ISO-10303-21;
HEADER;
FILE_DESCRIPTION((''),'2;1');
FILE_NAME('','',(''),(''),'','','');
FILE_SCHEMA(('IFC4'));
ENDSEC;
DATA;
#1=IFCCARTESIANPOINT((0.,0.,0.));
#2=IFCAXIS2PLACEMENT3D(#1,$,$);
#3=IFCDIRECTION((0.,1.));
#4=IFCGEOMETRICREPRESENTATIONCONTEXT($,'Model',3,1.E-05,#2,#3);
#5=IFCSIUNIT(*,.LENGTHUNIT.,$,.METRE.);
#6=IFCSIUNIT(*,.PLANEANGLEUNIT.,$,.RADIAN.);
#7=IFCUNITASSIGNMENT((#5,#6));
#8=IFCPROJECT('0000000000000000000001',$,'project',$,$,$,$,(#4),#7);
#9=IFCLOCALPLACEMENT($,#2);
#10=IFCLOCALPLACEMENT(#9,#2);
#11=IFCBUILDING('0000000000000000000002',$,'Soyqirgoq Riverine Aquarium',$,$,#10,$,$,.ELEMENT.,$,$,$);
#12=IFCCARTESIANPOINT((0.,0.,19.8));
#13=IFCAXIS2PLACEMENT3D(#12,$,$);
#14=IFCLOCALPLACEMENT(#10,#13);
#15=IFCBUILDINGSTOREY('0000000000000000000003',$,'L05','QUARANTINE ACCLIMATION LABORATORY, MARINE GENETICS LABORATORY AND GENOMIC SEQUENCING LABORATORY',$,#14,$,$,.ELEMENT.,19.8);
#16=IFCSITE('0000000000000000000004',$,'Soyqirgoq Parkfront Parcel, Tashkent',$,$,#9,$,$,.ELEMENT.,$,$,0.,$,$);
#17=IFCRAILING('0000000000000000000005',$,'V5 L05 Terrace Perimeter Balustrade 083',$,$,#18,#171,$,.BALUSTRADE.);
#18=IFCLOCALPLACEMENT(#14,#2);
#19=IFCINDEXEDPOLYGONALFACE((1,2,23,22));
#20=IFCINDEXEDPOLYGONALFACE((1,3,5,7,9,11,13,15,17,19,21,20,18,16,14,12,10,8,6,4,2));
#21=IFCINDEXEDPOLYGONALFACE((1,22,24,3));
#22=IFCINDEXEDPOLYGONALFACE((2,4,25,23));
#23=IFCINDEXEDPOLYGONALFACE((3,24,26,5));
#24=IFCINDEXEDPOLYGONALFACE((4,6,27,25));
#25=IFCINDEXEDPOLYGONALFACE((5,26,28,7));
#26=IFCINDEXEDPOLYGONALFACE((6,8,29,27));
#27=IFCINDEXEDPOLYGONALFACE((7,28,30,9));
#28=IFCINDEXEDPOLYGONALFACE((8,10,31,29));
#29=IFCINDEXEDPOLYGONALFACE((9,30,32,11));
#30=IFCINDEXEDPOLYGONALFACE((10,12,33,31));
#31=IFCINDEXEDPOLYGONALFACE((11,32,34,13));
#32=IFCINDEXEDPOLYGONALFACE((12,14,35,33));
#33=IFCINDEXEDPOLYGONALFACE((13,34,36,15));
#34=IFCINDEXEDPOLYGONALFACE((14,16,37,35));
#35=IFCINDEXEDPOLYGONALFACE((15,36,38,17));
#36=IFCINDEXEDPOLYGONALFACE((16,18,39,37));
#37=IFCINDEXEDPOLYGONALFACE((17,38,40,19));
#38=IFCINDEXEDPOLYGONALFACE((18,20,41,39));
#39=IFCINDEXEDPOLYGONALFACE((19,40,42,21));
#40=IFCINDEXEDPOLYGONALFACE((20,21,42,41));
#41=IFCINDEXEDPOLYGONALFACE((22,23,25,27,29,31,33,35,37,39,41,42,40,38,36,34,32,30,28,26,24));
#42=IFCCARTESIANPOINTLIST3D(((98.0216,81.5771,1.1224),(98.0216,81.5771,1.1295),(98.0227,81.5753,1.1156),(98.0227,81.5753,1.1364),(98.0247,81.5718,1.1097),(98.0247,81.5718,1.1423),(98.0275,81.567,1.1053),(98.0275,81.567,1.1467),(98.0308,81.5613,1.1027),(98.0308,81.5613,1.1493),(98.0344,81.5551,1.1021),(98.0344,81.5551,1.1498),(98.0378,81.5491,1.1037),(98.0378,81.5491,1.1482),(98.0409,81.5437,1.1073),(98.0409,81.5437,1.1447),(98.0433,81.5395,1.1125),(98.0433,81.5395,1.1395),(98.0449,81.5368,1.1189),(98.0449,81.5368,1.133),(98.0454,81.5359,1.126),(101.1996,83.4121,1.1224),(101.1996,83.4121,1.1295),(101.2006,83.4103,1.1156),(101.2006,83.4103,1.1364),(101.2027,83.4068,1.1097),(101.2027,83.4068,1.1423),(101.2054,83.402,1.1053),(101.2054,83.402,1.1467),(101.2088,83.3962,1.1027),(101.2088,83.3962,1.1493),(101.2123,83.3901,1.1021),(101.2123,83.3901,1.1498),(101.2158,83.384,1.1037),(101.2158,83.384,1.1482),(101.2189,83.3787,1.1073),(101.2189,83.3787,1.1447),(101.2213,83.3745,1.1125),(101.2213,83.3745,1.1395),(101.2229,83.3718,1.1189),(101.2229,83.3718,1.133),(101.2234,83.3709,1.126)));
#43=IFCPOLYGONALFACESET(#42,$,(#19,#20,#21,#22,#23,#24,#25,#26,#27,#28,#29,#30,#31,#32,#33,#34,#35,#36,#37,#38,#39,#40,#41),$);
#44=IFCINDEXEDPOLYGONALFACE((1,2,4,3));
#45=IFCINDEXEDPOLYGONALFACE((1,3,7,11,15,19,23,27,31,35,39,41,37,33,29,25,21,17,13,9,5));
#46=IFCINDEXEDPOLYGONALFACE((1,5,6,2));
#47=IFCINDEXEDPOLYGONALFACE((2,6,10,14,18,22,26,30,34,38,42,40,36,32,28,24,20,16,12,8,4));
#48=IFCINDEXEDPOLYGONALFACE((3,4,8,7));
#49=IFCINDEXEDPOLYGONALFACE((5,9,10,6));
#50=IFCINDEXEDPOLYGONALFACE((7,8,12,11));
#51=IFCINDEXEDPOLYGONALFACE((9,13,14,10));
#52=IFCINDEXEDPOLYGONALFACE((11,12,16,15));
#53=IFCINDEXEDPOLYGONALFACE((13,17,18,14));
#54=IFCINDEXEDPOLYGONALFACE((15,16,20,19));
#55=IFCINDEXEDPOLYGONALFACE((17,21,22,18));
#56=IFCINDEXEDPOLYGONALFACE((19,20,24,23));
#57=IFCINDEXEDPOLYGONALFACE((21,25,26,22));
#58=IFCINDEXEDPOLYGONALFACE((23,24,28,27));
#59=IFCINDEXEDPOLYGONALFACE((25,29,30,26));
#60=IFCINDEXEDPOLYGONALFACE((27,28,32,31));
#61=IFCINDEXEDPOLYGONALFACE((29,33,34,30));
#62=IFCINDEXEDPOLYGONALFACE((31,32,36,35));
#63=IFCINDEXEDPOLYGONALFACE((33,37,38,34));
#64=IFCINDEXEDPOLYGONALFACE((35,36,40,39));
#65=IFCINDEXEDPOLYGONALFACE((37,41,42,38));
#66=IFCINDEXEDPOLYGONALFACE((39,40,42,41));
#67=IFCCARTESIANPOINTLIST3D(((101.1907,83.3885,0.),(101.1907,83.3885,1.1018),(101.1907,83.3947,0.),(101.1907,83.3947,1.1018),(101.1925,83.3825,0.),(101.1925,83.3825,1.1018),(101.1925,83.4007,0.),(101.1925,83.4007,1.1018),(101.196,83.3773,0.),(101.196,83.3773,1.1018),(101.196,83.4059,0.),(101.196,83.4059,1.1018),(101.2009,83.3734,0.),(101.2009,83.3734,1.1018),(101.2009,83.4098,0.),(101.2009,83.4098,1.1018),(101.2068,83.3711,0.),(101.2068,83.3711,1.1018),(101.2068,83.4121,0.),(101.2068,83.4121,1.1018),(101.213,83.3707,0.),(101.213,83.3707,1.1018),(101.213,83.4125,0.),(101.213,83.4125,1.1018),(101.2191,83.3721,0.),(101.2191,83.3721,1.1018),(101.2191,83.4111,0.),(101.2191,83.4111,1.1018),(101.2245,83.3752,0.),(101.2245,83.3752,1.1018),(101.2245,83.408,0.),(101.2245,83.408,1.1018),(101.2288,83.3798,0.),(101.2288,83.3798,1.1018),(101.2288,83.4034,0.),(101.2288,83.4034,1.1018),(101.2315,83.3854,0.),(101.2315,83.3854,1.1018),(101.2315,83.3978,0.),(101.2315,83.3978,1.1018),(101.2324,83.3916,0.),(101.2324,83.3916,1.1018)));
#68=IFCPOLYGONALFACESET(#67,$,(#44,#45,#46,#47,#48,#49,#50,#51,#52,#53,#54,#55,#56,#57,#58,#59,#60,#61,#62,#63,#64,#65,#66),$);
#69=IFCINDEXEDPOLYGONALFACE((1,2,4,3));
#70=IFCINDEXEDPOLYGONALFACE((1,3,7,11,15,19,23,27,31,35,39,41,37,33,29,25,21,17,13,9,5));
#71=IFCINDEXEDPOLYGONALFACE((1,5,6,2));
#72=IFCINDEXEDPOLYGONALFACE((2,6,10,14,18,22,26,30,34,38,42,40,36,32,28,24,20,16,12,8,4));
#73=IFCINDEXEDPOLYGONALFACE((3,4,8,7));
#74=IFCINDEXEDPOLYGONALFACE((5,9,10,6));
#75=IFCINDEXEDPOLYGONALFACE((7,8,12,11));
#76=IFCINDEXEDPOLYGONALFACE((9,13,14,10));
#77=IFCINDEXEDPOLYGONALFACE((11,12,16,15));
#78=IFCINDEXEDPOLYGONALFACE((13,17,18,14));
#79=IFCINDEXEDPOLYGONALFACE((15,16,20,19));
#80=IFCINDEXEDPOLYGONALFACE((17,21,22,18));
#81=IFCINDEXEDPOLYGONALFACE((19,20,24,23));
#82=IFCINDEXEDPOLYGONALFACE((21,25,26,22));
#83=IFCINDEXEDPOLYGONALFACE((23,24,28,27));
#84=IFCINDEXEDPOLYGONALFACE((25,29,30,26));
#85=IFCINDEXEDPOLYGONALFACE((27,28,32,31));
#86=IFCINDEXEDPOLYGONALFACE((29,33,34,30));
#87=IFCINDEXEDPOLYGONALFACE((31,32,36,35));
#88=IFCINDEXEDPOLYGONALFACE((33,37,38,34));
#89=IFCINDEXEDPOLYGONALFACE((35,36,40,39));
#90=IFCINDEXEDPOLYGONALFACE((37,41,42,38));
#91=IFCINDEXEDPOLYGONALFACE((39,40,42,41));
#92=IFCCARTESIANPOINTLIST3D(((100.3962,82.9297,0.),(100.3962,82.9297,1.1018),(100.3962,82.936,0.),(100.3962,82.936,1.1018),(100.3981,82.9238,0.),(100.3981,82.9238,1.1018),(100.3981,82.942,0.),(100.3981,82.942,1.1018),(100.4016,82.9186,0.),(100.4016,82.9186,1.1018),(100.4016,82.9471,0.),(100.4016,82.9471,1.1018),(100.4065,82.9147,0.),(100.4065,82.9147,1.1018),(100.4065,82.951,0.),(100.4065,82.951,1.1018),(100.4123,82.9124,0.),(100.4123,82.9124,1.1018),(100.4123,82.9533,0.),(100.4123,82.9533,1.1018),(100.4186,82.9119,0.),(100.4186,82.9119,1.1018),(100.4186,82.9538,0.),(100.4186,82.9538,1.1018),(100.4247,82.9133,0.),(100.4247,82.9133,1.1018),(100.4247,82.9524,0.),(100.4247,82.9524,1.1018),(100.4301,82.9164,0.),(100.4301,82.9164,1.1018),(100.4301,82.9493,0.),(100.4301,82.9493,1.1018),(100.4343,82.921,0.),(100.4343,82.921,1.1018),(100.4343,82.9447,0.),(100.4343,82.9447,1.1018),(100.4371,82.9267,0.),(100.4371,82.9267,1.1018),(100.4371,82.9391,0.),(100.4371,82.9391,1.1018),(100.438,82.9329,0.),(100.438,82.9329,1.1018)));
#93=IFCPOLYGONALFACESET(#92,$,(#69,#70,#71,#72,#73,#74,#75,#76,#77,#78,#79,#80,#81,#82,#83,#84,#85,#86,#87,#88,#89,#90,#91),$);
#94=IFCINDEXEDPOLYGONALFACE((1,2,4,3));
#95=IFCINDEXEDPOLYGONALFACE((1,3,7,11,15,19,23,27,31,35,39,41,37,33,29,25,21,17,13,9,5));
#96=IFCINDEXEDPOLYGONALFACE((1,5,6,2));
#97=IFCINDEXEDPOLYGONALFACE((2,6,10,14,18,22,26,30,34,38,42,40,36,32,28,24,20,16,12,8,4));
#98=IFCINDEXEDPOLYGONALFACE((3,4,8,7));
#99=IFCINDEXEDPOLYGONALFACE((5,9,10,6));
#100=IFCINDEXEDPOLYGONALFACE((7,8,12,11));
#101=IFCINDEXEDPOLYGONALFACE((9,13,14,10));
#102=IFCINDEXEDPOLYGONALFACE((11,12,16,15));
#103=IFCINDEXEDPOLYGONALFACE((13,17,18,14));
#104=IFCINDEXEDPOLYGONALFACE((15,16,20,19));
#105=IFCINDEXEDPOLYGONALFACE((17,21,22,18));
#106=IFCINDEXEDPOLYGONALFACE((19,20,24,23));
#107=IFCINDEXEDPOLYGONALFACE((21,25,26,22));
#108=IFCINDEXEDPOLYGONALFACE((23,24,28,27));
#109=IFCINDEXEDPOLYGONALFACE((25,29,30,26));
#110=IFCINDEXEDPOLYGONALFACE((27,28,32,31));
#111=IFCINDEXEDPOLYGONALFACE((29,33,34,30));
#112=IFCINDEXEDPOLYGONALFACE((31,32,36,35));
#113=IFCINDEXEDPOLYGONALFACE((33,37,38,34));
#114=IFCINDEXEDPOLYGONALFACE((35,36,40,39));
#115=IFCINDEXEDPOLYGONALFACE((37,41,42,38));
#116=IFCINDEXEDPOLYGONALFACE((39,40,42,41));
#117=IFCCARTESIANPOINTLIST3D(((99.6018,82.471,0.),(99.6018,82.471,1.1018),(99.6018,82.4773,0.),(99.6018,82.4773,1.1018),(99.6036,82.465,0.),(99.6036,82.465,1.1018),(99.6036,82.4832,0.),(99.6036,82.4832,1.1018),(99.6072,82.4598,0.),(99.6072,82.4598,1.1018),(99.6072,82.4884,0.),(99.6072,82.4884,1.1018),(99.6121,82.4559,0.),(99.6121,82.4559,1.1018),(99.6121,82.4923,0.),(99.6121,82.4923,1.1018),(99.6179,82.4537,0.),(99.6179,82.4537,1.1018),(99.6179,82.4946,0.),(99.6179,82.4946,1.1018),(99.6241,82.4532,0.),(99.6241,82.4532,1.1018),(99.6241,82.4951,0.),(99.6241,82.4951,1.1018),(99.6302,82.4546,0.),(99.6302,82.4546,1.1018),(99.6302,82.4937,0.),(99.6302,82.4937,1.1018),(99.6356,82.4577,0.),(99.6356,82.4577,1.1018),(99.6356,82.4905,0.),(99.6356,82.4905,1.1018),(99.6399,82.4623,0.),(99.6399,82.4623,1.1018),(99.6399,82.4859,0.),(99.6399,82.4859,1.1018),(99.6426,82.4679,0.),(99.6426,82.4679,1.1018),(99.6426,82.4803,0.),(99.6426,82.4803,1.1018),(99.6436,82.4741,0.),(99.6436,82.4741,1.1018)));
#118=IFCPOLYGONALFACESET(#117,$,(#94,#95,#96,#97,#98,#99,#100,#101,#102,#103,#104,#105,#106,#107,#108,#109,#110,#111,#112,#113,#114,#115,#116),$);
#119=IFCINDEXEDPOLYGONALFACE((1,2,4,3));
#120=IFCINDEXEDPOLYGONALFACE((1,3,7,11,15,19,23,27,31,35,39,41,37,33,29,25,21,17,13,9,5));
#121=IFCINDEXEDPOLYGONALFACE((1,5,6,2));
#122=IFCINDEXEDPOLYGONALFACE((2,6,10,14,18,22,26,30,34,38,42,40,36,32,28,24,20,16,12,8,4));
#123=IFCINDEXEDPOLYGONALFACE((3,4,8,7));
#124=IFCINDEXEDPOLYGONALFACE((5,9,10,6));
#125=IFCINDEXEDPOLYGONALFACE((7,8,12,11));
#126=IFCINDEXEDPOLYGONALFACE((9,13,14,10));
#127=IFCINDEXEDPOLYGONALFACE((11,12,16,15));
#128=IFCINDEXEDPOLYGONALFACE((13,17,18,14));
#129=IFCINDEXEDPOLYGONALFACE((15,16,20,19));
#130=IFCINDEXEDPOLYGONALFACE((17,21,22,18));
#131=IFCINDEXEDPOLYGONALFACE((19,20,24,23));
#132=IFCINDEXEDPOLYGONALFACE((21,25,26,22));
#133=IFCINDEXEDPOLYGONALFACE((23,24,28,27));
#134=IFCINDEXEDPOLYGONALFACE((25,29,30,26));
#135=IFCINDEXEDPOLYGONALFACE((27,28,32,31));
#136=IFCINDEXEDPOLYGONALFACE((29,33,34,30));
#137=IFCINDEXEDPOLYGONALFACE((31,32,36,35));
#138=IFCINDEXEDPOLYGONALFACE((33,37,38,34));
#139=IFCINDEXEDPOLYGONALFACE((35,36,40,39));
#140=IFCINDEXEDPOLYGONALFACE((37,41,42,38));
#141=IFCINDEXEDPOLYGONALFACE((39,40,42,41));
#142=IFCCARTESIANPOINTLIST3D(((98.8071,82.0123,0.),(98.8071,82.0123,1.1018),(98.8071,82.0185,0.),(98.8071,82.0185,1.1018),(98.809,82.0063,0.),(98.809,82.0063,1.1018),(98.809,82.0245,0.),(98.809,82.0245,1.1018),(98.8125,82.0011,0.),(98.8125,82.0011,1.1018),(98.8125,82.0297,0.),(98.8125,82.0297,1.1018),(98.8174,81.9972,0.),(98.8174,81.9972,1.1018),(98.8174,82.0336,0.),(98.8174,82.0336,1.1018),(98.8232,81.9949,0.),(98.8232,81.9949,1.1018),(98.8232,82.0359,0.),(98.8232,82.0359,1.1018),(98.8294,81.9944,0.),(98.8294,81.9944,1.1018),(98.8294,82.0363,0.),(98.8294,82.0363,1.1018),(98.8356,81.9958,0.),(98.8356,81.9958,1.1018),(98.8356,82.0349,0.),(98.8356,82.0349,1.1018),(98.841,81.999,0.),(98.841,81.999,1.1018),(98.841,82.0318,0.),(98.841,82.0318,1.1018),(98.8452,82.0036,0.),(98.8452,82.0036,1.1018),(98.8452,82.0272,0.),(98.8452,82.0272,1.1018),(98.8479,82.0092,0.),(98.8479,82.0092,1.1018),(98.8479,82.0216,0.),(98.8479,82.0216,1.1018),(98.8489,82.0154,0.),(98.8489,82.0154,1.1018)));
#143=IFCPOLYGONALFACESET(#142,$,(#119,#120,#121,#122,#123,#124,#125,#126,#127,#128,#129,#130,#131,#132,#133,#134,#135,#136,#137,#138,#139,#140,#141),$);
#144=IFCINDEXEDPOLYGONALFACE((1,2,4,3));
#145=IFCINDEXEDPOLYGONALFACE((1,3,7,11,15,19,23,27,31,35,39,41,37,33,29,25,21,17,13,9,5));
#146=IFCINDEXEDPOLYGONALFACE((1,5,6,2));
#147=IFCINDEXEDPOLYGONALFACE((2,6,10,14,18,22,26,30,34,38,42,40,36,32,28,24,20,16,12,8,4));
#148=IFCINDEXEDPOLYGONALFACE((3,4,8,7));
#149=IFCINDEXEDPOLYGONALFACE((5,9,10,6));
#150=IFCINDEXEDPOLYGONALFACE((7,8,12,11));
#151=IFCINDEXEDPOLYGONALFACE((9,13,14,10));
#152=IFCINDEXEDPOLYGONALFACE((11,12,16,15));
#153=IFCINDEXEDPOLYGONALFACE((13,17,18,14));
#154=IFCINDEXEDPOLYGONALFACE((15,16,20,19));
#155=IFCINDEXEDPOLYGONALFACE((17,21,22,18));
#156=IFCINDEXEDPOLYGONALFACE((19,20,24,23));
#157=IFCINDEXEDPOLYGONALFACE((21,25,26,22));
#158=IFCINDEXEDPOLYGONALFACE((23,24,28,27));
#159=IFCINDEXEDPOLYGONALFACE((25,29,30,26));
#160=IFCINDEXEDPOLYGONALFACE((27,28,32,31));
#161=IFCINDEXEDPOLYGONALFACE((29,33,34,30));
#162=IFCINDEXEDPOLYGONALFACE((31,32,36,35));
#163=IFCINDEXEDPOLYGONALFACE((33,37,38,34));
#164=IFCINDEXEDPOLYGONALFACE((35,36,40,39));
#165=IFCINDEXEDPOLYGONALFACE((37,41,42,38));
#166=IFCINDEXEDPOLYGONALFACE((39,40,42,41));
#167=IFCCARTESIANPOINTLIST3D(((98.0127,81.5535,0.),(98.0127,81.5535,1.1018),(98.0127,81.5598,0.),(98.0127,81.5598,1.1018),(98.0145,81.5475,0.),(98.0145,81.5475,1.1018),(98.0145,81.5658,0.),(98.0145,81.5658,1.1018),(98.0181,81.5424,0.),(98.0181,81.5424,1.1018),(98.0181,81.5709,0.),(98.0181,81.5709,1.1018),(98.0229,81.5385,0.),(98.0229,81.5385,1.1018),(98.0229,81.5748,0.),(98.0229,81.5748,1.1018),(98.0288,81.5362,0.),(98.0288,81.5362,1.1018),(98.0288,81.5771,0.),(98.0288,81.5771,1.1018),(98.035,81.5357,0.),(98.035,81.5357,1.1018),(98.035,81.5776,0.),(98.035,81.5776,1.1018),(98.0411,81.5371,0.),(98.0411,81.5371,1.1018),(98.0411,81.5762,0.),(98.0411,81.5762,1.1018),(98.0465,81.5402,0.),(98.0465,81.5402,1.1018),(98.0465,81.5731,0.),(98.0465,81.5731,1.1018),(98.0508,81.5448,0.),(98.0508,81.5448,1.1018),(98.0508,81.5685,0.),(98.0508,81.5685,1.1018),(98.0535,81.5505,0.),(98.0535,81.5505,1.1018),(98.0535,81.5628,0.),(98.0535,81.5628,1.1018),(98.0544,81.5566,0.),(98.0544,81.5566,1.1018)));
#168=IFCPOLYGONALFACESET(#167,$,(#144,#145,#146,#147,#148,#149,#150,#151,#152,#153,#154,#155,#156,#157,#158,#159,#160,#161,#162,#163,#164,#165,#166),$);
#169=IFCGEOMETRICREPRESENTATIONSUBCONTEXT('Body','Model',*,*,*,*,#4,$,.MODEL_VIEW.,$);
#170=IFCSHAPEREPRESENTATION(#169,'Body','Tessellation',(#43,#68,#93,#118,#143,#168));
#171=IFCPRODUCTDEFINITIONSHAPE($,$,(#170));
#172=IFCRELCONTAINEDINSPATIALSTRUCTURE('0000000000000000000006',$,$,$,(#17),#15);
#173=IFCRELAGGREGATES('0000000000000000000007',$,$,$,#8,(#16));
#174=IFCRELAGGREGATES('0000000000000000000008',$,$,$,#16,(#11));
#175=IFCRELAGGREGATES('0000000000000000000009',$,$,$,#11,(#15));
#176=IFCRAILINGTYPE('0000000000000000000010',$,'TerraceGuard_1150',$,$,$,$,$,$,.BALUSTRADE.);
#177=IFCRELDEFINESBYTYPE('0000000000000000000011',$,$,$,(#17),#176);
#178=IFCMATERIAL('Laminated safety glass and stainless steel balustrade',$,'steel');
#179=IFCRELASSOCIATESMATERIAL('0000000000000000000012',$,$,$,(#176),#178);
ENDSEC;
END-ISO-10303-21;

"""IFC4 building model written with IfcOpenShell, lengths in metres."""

from ifc_helpers import new_model, si_unit, direction, frame, origin, origin_2d, place, context, subcontext, project, spatial, circle, extrude, material, type_object, element, save


model = new_model("IFC4")

# Units and contexts
model_context = context("Model", 3, precision=1e-05, world=origin(), true_north=direction((0.0, 1.0)))
body_context = subcontext(model_context, "Body", "Model", "MODEL_VIEW")
ifc_project = project(units=[si_unit("LENGTHUNIT", "METRE"), si_unit("PLANEANGLEUNIT", "RADIAN")], contexts=[model_context])

# Site, building, storey
site_placement = place(None, origin())
site = spatial("IfcSite", under=ifc_project, at=site_placement, Name="Soyqirgoq Parkfront Parcel, Tashkent", CompositionType="ELEMENT", RefElevation=0.0)
building_placement = place(site_placement, origin())
building = spatial("IfcBuilding", under=site, at=building_placement, Name="Soyqirgoq Riverine Aquarium", CompositionType="ELEMENT")
storey_placement = place(building_placement, frame((0.0, 0.0, 19.8)))
storey = spatial("IfcBuildingStorey", under=building, at=storey_placement, Name="L05", Description="QUARANTINE ACCLIMATION LABORATORY, MARINE GENETICS LABORATORY AND GENOMIC SEQUENCING LABORATORY", CompositionType="ELEMENT", Elevation=19.8)

# Railing
ifc_material_1 = material(Name="Laminated safety glass and stainless steel balustrade", Category="steel")
railing_type = type_object("IfcRailingType", Name="TerraceGuard_1150", PredefinedType="BALUSTRADE", material=ifc_material_1)
railing_placement = place(storey_placement, frame((101.2114, 83.3916, 0.0)))
element("IfcRailing", 1, at=railing_placement, inside=storey, type_object=railing_type, Name="V5 L05 Terrace Perimeter Balustrade 083", PredefinedType="BALUSTRADE", context=body_context, shape_type="SweptSolid", body=[
    extrude(circle(Radius=0.0239, at=origin_2d()), frame((0.0, 0.0, 1.126), z_axis=(-0.866007, -0.500032, 0.0), x_axis=(0.500032, -0.866007, 0.0)), (0.0, 0.0, 1.0), 3.6697),
    extrude(circle(Radius=0.021, at=origin_2d()), origin(), (0.0, 0.0, 1.0), 1.1018),
    extrude(circle(Radius=0.021, at=origin_2d()), frame((-0.7944, -0.4587, 0.0)), (0.0, 0.0, 1.0), 1.1018),
    extrude(circle(Radius=0.021, at=origin_2d()), frame((-1.5889, -0.9175, 0.0)), (0.0, 0.0, 1.0), 1.1018),
    extrude(circle(Radius=0.021, at=origin_2d()), frame((-2.3835, -1.3762, 0.0)), (0.0, 0.0, 1.0), 1.1018),
    extrude(circle(Radius=0.021, at=origin_2d()), frame((-3.178, -1.835, 0.0)), (0.0, 0.0, 1.0), 1.1018),
])

save(model, "model.ifc")
